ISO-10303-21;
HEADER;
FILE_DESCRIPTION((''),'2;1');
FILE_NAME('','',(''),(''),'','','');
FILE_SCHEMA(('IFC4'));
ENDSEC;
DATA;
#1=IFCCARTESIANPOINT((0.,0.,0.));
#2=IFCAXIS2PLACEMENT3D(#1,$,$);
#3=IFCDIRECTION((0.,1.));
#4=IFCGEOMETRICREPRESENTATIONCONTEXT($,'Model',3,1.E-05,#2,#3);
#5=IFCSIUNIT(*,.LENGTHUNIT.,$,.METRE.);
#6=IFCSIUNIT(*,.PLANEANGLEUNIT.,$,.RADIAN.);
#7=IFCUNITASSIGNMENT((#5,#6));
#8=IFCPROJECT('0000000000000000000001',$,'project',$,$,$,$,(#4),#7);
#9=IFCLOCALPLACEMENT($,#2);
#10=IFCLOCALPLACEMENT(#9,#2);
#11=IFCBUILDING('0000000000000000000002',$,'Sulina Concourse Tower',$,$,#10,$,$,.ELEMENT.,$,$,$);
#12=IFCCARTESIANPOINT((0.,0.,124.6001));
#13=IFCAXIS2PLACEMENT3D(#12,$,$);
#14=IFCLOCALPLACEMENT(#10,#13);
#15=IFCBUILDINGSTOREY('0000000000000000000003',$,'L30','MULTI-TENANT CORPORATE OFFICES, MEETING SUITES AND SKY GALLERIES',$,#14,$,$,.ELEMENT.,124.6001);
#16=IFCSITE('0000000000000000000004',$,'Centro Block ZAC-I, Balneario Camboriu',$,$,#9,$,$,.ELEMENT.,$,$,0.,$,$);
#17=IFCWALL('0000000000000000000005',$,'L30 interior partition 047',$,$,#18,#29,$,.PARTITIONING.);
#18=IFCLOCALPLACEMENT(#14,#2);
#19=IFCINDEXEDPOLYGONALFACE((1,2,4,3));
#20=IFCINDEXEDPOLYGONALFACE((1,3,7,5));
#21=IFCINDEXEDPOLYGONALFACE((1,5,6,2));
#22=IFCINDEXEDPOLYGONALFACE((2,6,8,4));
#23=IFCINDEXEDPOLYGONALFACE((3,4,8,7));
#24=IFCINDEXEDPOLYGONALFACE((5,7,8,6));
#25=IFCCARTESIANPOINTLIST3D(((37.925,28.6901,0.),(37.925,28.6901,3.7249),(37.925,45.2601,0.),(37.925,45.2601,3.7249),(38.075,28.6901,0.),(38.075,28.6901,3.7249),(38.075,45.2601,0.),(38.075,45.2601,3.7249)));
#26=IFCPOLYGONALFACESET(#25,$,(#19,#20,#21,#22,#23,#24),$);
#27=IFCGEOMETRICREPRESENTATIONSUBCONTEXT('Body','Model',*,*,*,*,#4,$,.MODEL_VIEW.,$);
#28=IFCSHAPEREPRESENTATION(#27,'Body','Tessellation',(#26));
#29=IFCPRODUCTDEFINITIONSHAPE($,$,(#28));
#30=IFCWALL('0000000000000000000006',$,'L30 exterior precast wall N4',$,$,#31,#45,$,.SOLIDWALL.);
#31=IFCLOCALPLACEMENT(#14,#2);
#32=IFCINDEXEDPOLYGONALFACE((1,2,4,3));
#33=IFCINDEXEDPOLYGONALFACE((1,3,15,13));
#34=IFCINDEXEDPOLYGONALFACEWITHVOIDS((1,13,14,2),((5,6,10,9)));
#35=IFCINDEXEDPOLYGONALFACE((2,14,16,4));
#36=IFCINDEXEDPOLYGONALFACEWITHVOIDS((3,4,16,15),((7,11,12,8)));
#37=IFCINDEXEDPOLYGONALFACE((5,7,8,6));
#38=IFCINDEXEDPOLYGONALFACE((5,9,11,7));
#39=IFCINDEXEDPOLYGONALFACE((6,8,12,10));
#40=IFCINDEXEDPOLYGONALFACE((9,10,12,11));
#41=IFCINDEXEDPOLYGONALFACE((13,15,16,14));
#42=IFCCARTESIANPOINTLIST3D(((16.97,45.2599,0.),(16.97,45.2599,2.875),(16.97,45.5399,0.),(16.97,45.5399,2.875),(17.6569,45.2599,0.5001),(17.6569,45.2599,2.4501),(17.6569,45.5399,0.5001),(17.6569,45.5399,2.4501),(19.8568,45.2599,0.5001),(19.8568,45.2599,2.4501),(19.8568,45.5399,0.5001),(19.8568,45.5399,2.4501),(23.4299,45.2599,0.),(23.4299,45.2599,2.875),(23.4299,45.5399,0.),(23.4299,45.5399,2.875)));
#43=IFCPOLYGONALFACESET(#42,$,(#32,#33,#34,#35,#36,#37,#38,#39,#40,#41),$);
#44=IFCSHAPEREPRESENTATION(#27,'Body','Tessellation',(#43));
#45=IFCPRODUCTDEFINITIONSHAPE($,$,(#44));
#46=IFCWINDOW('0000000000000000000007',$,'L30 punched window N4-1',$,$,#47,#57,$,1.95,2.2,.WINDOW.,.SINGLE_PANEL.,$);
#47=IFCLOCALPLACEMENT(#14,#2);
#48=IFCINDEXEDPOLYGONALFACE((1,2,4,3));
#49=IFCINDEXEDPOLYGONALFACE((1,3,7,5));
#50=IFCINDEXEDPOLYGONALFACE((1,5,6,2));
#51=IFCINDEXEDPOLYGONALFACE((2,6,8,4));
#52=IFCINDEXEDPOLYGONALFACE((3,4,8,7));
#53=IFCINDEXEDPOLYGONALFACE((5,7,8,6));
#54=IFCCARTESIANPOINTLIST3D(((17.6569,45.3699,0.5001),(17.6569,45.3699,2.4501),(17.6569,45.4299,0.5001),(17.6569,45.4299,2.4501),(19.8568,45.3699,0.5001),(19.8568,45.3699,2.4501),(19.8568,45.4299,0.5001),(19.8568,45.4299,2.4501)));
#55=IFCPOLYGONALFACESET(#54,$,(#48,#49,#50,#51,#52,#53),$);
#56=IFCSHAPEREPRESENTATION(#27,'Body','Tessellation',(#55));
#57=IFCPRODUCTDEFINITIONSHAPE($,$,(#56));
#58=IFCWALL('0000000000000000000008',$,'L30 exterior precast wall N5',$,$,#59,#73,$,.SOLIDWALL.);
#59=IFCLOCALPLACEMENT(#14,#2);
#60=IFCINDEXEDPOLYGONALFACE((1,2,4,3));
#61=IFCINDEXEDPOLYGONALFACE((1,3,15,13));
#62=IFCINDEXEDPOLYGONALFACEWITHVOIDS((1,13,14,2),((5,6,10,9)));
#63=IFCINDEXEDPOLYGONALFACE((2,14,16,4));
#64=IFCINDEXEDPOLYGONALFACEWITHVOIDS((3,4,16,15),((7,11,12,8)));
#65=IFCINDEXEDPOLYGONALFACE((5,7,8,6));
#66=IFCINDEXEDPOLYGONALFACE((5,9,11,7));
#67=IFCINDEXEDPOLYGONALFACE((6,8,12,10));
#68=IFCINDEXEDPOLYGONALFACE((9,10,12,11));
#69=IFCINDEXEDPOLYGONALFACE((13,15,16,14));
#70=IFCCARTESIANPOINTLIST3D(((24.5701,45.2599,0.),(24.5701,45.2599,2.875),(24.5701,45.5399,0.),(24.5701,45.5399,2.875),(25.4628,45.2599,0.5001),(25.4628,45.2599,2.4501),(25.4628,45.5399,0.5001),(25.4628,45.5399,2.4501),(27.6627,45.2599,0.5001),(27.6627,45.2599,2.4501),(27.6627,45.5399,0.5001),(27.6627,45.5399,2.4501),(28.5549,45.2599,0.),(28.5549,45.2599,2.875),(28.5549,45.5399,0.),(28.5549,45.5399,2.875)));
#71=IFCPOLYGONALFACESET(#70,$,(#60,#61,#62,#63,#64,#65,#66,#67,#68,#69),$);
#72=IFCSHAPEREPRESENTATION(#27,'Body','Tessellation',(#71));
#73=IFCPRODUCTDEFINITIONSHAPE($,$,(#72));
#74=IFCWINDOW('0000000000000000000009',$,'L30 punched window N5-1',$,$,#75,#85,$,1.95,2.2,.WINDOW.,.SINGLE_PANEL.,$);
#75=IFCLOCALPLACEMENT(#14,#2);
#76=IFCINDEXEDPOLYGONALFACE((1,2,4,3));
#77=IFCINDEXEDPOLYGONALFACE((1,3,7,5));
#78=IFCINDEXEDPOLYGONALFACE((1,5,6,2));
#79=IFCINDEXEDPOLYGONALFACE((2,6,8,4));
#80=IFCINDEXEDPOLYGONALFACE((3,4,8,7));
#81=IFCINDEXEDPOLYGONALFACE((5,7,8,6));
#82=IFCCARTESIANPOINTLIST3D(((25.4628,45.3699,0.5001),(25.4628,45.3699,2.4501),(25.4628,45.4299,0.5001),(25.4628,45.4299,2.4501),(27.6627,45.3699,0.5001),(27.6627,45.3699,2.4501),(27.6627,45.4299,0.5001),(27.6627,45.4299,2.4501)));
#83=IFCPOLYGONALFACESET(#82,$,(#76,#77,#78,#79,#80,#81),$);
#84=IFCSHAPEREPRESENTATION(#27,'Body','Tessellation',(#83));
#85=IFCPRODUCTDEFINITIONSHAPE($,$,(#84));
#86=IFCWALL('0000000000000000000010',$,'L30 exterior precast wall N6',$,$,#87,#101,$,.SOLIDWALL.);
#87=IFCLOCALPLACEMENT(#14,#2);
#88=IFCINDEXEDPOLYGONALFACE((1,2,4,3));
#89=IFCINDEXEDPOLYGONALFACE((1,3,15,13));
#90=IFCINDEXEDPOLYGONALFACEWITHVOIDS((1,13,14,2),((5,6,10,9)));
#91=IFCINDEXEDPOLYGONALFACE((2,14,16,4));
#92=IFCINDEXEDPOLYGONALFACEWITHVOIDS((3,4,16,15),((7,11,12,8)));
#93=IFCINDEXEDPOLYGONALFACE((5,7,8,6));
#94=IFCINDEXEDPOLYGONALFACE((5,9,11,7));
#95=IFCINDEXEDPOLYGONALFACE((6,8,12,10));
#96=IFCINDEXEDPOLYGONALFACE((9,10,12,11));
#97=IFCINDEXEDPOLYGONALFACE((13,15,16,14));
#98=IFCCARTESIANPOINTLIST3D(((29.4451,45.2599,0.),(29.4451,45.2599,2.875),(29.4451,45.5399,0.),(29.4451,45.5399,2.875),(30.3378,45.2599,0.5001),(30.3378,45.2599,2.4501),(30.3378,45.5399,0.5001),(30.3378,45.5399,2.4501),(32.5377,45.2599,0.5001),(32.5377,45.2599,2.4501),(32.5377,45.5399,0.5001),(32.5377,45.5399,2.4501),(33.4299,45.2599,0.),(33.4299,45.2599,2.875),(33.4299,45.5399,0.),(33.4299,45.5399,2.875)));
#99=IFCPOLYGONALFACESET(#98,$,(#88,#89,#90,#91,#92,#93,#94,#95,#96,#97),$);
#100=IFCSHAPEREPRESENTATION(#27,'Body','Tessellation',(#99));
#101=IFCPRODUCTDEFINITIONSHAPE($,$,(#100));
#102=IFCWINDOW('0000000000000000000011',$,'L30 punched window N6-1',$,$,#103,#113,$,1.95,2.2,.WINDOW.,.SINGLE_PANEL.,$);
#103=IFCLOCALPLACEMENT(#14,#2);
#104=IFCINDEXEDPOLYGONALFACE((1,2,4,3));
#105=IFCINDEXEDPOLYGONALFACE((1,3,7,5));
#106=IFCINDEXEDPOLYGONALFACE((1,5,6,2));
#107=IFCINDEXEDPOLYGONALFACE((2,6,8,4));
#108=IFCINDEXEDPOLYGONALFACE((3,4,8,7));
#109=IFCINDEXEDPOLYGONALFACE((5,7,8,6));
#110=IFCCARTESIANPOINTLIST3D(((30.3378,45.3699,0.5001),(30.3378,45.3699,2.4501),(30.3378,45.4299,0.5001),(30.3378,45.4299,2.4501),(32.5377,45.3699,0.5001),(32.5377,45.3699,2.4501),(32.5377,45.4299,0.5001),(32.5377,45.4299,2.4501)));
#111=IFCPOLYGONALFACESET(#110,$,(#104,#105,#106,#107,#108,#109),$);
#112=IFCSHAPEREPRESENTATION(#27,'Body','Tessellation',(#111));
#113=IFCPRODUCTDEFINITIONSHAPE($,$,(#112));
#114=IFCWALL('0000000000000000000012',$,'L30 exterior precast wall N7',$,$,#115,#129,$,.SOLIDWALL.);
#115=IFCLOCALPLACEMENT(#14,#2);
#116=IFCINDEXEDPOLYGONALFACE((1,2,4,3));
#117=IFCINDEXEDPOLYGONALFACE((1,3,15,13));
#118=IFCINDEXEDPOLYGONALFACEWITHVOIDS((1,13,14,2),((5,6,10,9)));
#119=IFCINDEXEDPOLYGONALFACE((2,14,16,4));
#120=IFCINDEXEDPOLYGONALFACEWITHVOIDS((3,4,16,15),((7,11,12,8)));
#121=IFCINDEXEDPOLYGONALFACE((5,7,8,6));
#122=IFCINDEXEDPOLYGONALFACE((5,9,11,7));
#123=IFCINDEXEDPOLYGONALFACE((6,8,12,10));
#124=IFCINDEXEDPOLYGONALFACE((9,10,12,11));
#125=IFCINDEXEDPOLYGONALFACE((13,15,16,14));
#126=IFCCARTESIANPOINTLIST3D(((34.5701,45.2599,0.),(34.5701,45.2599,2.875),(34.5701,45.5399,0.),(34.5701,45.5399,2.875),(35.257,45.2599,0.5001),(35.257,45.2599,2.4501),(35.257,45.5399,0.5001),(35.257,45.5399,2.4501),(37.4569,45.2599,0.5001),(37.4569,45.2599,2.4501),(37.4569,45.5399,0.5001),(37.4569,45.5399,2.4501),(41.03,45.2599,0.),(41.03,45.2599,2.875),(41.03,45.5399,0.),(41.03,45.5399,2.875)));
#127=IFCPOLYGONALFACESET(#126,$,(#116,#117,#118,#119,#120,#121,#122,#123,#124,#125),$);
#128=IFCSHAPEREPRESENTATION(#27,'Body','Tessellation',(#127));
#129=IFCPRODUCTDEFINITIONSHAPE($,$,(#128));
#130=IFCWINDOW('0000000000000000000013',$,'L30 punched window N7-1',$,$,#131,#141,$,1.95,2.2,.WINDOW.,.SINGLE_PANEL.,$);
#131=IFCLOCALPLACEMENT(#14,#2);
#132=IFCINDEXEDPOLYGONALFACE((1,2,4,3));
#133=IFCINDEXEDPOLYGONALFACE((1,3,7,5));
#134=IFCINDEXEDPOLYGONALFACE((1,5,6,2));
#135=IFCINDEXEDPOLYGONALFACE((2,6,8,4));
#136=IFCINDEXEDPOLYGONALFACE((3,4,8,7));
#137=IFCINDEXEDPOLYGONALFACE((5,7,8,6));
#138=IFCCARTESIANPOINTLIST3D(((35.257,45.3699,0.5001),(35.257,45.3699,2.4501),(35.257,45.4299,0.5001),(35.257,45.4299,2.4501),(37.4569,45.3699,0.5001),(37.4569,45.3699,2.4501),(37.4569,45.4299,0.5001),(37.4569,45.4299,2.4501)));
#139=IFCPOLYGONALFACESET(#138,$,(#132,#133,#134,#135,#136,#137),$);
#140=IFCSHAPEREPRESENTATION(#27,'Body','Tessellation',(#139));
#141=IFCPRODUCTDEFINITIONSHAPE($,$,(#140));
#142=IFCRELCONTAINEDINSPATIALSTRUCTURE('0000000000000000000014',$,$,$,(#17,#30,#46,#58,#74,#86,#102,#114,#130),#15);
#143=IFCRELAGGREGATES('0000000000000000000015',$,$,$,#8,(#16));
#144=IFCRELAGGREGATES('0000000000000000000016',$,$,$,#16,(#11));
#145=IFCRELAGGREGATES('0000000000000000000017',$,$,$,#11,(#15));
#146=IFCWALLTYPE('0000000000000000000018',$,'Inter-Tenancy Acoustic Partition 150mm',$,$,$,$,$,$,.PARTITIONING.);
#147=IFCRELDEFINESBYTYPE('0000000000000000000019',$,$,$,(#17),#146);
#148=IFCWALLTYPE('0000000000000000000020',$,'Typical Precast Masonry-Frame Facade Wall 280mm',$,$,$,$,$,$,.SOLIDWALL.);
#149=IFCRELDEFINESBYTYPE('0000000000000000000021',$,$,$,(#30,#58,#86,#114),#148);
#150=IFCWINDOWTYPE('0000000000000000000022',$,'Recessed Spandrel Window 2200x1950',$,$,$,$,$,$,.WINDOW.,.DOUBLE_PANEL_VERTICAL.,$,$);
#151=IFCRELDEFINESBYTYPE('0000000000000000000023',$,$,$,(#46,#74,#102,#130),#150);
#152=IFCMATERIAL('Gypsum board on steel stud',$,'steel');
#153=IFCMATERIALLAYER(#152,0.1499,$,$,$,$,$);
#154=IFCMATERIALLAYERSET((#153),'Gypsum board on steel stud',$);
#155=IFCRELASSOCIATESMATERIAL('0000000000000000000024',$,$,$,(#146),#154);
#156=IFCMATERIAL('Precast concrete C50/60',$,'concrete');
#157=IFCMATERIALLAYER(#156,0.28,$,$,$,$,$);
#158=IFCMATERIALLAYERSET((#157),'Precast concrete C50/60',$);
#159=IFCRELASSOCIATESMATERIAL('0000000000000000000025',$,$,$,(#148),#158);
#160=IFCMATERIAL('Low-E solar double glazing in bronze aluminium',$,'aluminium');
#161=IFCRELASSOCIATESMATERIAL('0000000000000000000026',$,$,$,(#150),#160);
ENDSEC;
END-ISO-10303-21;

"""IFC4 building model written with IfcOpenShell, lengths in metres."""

from ifc_helpers import new_model, si_unit, direction, frame, frame_2d, origin, place, context, subcontext, project, spatial, rectangle, extrude, material, layer, layer_set, type_object, element, fill, save


model = new_model("IFC4")

# Units and contexts
model_context = context("Model", 3, precision=1e-05, world=origin(), true_north=direction((0.0, 1.0)))
body_context = subcontext(model_context, "Body", "Model", "MODEL_VIEW")
ifc_project = project(units=[si_unit("LENGTHUNIT", "METRE"), si_unit("PLANEANGLEUNIT", "RADIAN")], contexts=[model_context])

# Site, building, storey
site_placement = place(None, origin())
site = spatial("IfcSite", under=ifc_project, at=site_placement, Name="Centro Block ZAC-I, Balneario Camboriu", CompositionType="ELEMENT", RefElevation=0.0)
building_placement = place(site_placement, origin())
building = spatial("IfcBuilding", under=site, at=building_placement, Name="Sulina Concourse Tower", CompositionType="ELEMENT")
storey_placement = place(building_placement, frame((0.0, 0.0, 124.6001)))
storey = spatial("IfcBuildingStorey", under=building, at=storey_placement, Name="L30", Description="MULTI-TENANT CORPORATE OFFICES, MEETING SUITES AND SKY GALLERIES", CompositionType="ELEMENT", Elevation=124.6001)

# Wall
ifc_material_1 = material(Name="Gypsum board on steel stud", Category="steel")
ifc_layer_1 = layer(ifc_material_1, 0.1499)
ifc_layer_set_1 = layer_set([ifc_layer_1], Name="Gypsum board on steel stud")
wall_type_1 = type_object("IfcWallType", Name="Inter-Tenancy Acoustic Partition 150mm", PredefinedType="PARTITIONING", material=ifc_layer_set_1)
wall_1_placement = place(storey_placement, frame((38.0, 28.6899, 0.0), z_axis=(0.0, 0.0, 1.0), x_axis=(0.0, 1.0, 0.0)))
element("IfcWall", 1, at=wall_1_placement, inside=storey, type_object=wall_type_1, Name="L30 interior partition 047", PredefinedType="PARTITIONING", context=body_context, shape_type="SweptSolid", body=[
    extrude(rectangle(XDim=16.5701, YDim=0.1499, at=frame_2d((8.2852, 0.0))), origin(), (0.0, 0.0, 1.0), 3.7249),
])

# Walls, openings, windows
ifc_material_2 = material(Name="Precast concrete C50/60", Category="concrete")
ifc_layer_2 = layer(ifc_material_2, 0.28)
ifc_layer_set_2 = layer_set([ifc_layer_2], Name="Precast concrete C50/60")
wall_type_2 = type_object("IfcWallType", Name="Typical Precast Masonry-Frame Facade Wall 280mm", PredefinedType="SOLIDWALL", material=ifc_layer_set_2)
wall_2_placement = place(storey_placement, frame((16.97, 45.3999, 0.0), z_axis=(0.0, 0.0, 1.0), x_axis=(1.0, 0.0, 0.0)))
wall_2 = element("IfcWall", 2, at=wall_2_placement, inside=storey, type_object=wall_type_2, Name="L30 exterior precast wall N4", PredefinedType="SOLIDWALL", context=body_context, shape_type="SweptSolid", body=[
    extrude(rectangle(XDim=6.46, YDim=0.28, at=frame_2d((3.23, 0.0))), origin(), (0.0, 0.0, 1.0), 2.875),
])
opening_1_placement = place(wall_2_placement, frame((0.6868, 0.0, 0.5)))
opening_1 = element("IfcOpeningElement", 3, at=opening_1_placement, cuts=wall_2, PredefinedType="OPENING", context=body_context, shape_type="SweptSolid", body=[
    extrude(rectangle(XDim=2.2, YDim=1.95, at=frame_2d((1.1001, 0.9751))), frame((0.0, 0.1499, 0.0), z_axis=(0.0, -1.0, 0.0), x_axis=(1.0, 0.0, 0.0)), (0.0, 0.0, 1.0), 0.3),
])
ifc_material_3 = material(Name="Low-E solar double glazing in bronze aluminium", Category="aluminium")
window_type = type_object("IfcWindowType", Name="Recessed Spandrel Window 2200x1950", PartitioningType="DOUBLE_PANEL_VERTICAL", PredefinedType="WINDOW", material=ifc_material_3)
window_1_placement = place(opening_1_placement, origin())
window_1 = element("IfcWindow", 4, at=window_1_placement, inside=storey, type_object=window_type, Name="L30 punched window N4-1", OverallHeight=1.95, OverallWidth=2.2, PartitioningType="SINGLE_PANEL", PredefinedType="WINDOW", context=body_context, shape_type="SweptSolid", body=[
    extrude(rectangle(XDim=2.2, YDim=1.95, at=frame_2d((1.1001, 0.9751))), frame((0.0, 0.03, 0.0), z_axis=(0.0, -1.0, 0.0), x_axis=(1.0, 0.0, 0.0)), (0.0, 0.0, 1.0), 0.0601),
])
fill(opening_1, window_1)
wall_3_placement = place(storey_placement, frame((24.5701, 45.3999, 0.0), z_axis=(0.0, 0.0, 1.0), x_axis=(1.0, 0.0, 0.0)))
wall_3 = element("IfcWall", 5, at=wall_3_placement, inside=storey, type_object=wall_type_2, Name="L30 exterior precast wall N5", PredefinedType="SOLIDWALL", context=body_context, shape_type="SweptSolid", body=[
    extrude(rectangle(XDim=3.9849, YDim=0.28, at=frame_2d((1.9924, 0.0))), origin(), (0.0, 0.0, 1.0), 2.875),
])
opening_2_placement = place(wall_3_placement, frame((0.8926, 0.0, 0.5)))
opening_2 = element("IfcOpeningElement", 6, at=opening_2_placement, cuts=wall_3, PredefinedType="OPENING", context=body_context, shape_type="SweptSolid", body=[
    extrude(rectangle(XDim=2.2, YDim=1.95, at=frame_2d((1.1001, 0.9751))), frame((0.0, 0.1499, 0.0), z_axis=(0.0, -1.0, 0.0), x_axis=(1.0, 0.0, 0.0)), (0.0, 0.0, 1.0), 0.3),
])
window_2_placement = place(opening_2_placement, origin())
window_2 = element("IfcWindow", 7, at=window_2_placement, inside=storey, type_object=window_type, Name="L30 punched window N5-1", OverallHeight=1.95, OverallWidth=2.2, PartitioningType="SINGLE_PANEL", PredefinedType="WINDOW", context=body_context, shape_type="SweptSolid", body=[
    extrude(rectangle(XDim=2.2, YDim=1.95, at=frame_2d((1.1001, 0.9751))), frame((0.0, 0.03, 0.0), z_axis=(0.0, -1.0, 0.0), x_axis=(1.0, 0.0, 0.0)), (0.0, 0.0, 1.0), 0.0601),
])
fill(opening_2, window_2)
wall_4_placement = place(storey_placement, frame((29.4451, 45.3999, 0.0), z_axis=(0.0, 0.0, 1.0), x_axis=(1.0, 0.0, 0.0)))
wall_4 = element("IfcWall", 8, at=wall_4_placement, inside=storey, type_object=wall_type_2, Name="L30 exterior precast wall N6", PredefinedType="SOLIDWALL", context=body_context, shape_type="SweptSolid", body=[
    extrude(rectangle(XDim=3.9849, YDim=0.28, at=frame_2d((1.9924, 0.0))), origin(), (0.0, 0.0, 1.0), 2.875),
])
opening_3_placement = place(wall_4_placement, frame((0.8926, 0.0, 0.5)))
opening_3 = element("IfcOpeningElement", 9, at=opening_3_placement, cuts=wall_4, PredefinedType="OPENING", context=body_context, shape_type="SweptSolid", body=[
    extrude(rectangle(XDim=2.2, YDim=1.95, at=frame_2d((1.1001, 0.9751))), frame((0.0, 0.1499, 0.0), z_axis=(0.0, -1.0, 0.0), x_axis=(1.0, 0.0, 0.0)), (0.0, 0.0, 1.0), 0.3),
])
window_3_placement = place(opening_3_placement, origin())
window_3 = element("IfcWindow", 10, at=window_3_placement, inside=storey, type_object=window_type, Name="L30 punched window N6-1", OverallHeight=1.95, OverallWidth=2.2, PartitioningType="SINGLE_PANEL", PredefinedType="WINDOW", context=body_context, shape_type="SweptSolid", body=[
    extrude(rectangle(XDim=2.2, YDim=1.95, at=frame_2d((1.1001, 0.9751))), frame((0.0, 0.03, 0.0), z_axis=(0.0, -1.0, 0.0), x_axis=(1.0, 0.0, 0.0)), (0.0, 0.0, 1.0), 0.0601),
])
fill(opening_3, window_3)
wall_5_placement = place(storey_placement, frame((34.5701, 45.3999, 0.0), z_axis=(0.0, 0.0, 1.0), x_axis=(1.0, 0.0, 0.0)))
wall_5 = element("IfcWall", 11, at=wall_5_placement, inside=storey, type_object=wall_type_2, Name="L30 exterior precast wall N7", PredefinedType="SOLIDWALL", context=body_context, shape_type="SweptSolid", body=[
    extrude(rectangle(XDim=6.46, YDim=0.28, at=frame_2d((3.23, 0.0))), origin(), (0.0, 0.0, 1.0), 2.875),
])
opening_4_placement = place(wall_5_placement, frame((0.6868, 0.0, 0.5)))
opening_4 = element("IfcOpeningElement", 12, at=opening_4_placement, cuts=wall_5, PredefinedType="OPENING", context=body_context, shape_type="SweptSolid", body=[
    extrude(rectangle(XDim=2.2, YDim=1.95, at=frame_2d((1.1001, 0.9751))), frame((0.0, 0.1499, 0.0), z_axis=(0.0, -1.0, 0.0), x_axis=(1.0, 0.0, 0.0)), (0.0, 0.0, 1.0), 0.3),
])
window_4_placement = place(opening_4_placement, origin())
window_4 = element("IfcWindow", 13, at=window_4_placement, inside=storey, type_object=window_type, Name="L30 punched window N7-1", OverallHeight=1.95, OverallWidth=2.2, PartitioningType="SINGLE_PANEL", PredefinedType="WINDOW", context=body_context, shape_type="SweptSolid", body=[
    extrude(rectangle(XDim=2.2, YDim=1.95, at=frame_2d((1.1001, 0.9751))), frame((0.0, 0.03, 0.0), z_axis=(0.0, -1.0, 0.0), x_axis=(1.0, 0.0, 0.0)), (0.0, 0.0, 1.0), 0.0601),
])
fill(opening_4, window_4)

save(model, "model.ifc")
